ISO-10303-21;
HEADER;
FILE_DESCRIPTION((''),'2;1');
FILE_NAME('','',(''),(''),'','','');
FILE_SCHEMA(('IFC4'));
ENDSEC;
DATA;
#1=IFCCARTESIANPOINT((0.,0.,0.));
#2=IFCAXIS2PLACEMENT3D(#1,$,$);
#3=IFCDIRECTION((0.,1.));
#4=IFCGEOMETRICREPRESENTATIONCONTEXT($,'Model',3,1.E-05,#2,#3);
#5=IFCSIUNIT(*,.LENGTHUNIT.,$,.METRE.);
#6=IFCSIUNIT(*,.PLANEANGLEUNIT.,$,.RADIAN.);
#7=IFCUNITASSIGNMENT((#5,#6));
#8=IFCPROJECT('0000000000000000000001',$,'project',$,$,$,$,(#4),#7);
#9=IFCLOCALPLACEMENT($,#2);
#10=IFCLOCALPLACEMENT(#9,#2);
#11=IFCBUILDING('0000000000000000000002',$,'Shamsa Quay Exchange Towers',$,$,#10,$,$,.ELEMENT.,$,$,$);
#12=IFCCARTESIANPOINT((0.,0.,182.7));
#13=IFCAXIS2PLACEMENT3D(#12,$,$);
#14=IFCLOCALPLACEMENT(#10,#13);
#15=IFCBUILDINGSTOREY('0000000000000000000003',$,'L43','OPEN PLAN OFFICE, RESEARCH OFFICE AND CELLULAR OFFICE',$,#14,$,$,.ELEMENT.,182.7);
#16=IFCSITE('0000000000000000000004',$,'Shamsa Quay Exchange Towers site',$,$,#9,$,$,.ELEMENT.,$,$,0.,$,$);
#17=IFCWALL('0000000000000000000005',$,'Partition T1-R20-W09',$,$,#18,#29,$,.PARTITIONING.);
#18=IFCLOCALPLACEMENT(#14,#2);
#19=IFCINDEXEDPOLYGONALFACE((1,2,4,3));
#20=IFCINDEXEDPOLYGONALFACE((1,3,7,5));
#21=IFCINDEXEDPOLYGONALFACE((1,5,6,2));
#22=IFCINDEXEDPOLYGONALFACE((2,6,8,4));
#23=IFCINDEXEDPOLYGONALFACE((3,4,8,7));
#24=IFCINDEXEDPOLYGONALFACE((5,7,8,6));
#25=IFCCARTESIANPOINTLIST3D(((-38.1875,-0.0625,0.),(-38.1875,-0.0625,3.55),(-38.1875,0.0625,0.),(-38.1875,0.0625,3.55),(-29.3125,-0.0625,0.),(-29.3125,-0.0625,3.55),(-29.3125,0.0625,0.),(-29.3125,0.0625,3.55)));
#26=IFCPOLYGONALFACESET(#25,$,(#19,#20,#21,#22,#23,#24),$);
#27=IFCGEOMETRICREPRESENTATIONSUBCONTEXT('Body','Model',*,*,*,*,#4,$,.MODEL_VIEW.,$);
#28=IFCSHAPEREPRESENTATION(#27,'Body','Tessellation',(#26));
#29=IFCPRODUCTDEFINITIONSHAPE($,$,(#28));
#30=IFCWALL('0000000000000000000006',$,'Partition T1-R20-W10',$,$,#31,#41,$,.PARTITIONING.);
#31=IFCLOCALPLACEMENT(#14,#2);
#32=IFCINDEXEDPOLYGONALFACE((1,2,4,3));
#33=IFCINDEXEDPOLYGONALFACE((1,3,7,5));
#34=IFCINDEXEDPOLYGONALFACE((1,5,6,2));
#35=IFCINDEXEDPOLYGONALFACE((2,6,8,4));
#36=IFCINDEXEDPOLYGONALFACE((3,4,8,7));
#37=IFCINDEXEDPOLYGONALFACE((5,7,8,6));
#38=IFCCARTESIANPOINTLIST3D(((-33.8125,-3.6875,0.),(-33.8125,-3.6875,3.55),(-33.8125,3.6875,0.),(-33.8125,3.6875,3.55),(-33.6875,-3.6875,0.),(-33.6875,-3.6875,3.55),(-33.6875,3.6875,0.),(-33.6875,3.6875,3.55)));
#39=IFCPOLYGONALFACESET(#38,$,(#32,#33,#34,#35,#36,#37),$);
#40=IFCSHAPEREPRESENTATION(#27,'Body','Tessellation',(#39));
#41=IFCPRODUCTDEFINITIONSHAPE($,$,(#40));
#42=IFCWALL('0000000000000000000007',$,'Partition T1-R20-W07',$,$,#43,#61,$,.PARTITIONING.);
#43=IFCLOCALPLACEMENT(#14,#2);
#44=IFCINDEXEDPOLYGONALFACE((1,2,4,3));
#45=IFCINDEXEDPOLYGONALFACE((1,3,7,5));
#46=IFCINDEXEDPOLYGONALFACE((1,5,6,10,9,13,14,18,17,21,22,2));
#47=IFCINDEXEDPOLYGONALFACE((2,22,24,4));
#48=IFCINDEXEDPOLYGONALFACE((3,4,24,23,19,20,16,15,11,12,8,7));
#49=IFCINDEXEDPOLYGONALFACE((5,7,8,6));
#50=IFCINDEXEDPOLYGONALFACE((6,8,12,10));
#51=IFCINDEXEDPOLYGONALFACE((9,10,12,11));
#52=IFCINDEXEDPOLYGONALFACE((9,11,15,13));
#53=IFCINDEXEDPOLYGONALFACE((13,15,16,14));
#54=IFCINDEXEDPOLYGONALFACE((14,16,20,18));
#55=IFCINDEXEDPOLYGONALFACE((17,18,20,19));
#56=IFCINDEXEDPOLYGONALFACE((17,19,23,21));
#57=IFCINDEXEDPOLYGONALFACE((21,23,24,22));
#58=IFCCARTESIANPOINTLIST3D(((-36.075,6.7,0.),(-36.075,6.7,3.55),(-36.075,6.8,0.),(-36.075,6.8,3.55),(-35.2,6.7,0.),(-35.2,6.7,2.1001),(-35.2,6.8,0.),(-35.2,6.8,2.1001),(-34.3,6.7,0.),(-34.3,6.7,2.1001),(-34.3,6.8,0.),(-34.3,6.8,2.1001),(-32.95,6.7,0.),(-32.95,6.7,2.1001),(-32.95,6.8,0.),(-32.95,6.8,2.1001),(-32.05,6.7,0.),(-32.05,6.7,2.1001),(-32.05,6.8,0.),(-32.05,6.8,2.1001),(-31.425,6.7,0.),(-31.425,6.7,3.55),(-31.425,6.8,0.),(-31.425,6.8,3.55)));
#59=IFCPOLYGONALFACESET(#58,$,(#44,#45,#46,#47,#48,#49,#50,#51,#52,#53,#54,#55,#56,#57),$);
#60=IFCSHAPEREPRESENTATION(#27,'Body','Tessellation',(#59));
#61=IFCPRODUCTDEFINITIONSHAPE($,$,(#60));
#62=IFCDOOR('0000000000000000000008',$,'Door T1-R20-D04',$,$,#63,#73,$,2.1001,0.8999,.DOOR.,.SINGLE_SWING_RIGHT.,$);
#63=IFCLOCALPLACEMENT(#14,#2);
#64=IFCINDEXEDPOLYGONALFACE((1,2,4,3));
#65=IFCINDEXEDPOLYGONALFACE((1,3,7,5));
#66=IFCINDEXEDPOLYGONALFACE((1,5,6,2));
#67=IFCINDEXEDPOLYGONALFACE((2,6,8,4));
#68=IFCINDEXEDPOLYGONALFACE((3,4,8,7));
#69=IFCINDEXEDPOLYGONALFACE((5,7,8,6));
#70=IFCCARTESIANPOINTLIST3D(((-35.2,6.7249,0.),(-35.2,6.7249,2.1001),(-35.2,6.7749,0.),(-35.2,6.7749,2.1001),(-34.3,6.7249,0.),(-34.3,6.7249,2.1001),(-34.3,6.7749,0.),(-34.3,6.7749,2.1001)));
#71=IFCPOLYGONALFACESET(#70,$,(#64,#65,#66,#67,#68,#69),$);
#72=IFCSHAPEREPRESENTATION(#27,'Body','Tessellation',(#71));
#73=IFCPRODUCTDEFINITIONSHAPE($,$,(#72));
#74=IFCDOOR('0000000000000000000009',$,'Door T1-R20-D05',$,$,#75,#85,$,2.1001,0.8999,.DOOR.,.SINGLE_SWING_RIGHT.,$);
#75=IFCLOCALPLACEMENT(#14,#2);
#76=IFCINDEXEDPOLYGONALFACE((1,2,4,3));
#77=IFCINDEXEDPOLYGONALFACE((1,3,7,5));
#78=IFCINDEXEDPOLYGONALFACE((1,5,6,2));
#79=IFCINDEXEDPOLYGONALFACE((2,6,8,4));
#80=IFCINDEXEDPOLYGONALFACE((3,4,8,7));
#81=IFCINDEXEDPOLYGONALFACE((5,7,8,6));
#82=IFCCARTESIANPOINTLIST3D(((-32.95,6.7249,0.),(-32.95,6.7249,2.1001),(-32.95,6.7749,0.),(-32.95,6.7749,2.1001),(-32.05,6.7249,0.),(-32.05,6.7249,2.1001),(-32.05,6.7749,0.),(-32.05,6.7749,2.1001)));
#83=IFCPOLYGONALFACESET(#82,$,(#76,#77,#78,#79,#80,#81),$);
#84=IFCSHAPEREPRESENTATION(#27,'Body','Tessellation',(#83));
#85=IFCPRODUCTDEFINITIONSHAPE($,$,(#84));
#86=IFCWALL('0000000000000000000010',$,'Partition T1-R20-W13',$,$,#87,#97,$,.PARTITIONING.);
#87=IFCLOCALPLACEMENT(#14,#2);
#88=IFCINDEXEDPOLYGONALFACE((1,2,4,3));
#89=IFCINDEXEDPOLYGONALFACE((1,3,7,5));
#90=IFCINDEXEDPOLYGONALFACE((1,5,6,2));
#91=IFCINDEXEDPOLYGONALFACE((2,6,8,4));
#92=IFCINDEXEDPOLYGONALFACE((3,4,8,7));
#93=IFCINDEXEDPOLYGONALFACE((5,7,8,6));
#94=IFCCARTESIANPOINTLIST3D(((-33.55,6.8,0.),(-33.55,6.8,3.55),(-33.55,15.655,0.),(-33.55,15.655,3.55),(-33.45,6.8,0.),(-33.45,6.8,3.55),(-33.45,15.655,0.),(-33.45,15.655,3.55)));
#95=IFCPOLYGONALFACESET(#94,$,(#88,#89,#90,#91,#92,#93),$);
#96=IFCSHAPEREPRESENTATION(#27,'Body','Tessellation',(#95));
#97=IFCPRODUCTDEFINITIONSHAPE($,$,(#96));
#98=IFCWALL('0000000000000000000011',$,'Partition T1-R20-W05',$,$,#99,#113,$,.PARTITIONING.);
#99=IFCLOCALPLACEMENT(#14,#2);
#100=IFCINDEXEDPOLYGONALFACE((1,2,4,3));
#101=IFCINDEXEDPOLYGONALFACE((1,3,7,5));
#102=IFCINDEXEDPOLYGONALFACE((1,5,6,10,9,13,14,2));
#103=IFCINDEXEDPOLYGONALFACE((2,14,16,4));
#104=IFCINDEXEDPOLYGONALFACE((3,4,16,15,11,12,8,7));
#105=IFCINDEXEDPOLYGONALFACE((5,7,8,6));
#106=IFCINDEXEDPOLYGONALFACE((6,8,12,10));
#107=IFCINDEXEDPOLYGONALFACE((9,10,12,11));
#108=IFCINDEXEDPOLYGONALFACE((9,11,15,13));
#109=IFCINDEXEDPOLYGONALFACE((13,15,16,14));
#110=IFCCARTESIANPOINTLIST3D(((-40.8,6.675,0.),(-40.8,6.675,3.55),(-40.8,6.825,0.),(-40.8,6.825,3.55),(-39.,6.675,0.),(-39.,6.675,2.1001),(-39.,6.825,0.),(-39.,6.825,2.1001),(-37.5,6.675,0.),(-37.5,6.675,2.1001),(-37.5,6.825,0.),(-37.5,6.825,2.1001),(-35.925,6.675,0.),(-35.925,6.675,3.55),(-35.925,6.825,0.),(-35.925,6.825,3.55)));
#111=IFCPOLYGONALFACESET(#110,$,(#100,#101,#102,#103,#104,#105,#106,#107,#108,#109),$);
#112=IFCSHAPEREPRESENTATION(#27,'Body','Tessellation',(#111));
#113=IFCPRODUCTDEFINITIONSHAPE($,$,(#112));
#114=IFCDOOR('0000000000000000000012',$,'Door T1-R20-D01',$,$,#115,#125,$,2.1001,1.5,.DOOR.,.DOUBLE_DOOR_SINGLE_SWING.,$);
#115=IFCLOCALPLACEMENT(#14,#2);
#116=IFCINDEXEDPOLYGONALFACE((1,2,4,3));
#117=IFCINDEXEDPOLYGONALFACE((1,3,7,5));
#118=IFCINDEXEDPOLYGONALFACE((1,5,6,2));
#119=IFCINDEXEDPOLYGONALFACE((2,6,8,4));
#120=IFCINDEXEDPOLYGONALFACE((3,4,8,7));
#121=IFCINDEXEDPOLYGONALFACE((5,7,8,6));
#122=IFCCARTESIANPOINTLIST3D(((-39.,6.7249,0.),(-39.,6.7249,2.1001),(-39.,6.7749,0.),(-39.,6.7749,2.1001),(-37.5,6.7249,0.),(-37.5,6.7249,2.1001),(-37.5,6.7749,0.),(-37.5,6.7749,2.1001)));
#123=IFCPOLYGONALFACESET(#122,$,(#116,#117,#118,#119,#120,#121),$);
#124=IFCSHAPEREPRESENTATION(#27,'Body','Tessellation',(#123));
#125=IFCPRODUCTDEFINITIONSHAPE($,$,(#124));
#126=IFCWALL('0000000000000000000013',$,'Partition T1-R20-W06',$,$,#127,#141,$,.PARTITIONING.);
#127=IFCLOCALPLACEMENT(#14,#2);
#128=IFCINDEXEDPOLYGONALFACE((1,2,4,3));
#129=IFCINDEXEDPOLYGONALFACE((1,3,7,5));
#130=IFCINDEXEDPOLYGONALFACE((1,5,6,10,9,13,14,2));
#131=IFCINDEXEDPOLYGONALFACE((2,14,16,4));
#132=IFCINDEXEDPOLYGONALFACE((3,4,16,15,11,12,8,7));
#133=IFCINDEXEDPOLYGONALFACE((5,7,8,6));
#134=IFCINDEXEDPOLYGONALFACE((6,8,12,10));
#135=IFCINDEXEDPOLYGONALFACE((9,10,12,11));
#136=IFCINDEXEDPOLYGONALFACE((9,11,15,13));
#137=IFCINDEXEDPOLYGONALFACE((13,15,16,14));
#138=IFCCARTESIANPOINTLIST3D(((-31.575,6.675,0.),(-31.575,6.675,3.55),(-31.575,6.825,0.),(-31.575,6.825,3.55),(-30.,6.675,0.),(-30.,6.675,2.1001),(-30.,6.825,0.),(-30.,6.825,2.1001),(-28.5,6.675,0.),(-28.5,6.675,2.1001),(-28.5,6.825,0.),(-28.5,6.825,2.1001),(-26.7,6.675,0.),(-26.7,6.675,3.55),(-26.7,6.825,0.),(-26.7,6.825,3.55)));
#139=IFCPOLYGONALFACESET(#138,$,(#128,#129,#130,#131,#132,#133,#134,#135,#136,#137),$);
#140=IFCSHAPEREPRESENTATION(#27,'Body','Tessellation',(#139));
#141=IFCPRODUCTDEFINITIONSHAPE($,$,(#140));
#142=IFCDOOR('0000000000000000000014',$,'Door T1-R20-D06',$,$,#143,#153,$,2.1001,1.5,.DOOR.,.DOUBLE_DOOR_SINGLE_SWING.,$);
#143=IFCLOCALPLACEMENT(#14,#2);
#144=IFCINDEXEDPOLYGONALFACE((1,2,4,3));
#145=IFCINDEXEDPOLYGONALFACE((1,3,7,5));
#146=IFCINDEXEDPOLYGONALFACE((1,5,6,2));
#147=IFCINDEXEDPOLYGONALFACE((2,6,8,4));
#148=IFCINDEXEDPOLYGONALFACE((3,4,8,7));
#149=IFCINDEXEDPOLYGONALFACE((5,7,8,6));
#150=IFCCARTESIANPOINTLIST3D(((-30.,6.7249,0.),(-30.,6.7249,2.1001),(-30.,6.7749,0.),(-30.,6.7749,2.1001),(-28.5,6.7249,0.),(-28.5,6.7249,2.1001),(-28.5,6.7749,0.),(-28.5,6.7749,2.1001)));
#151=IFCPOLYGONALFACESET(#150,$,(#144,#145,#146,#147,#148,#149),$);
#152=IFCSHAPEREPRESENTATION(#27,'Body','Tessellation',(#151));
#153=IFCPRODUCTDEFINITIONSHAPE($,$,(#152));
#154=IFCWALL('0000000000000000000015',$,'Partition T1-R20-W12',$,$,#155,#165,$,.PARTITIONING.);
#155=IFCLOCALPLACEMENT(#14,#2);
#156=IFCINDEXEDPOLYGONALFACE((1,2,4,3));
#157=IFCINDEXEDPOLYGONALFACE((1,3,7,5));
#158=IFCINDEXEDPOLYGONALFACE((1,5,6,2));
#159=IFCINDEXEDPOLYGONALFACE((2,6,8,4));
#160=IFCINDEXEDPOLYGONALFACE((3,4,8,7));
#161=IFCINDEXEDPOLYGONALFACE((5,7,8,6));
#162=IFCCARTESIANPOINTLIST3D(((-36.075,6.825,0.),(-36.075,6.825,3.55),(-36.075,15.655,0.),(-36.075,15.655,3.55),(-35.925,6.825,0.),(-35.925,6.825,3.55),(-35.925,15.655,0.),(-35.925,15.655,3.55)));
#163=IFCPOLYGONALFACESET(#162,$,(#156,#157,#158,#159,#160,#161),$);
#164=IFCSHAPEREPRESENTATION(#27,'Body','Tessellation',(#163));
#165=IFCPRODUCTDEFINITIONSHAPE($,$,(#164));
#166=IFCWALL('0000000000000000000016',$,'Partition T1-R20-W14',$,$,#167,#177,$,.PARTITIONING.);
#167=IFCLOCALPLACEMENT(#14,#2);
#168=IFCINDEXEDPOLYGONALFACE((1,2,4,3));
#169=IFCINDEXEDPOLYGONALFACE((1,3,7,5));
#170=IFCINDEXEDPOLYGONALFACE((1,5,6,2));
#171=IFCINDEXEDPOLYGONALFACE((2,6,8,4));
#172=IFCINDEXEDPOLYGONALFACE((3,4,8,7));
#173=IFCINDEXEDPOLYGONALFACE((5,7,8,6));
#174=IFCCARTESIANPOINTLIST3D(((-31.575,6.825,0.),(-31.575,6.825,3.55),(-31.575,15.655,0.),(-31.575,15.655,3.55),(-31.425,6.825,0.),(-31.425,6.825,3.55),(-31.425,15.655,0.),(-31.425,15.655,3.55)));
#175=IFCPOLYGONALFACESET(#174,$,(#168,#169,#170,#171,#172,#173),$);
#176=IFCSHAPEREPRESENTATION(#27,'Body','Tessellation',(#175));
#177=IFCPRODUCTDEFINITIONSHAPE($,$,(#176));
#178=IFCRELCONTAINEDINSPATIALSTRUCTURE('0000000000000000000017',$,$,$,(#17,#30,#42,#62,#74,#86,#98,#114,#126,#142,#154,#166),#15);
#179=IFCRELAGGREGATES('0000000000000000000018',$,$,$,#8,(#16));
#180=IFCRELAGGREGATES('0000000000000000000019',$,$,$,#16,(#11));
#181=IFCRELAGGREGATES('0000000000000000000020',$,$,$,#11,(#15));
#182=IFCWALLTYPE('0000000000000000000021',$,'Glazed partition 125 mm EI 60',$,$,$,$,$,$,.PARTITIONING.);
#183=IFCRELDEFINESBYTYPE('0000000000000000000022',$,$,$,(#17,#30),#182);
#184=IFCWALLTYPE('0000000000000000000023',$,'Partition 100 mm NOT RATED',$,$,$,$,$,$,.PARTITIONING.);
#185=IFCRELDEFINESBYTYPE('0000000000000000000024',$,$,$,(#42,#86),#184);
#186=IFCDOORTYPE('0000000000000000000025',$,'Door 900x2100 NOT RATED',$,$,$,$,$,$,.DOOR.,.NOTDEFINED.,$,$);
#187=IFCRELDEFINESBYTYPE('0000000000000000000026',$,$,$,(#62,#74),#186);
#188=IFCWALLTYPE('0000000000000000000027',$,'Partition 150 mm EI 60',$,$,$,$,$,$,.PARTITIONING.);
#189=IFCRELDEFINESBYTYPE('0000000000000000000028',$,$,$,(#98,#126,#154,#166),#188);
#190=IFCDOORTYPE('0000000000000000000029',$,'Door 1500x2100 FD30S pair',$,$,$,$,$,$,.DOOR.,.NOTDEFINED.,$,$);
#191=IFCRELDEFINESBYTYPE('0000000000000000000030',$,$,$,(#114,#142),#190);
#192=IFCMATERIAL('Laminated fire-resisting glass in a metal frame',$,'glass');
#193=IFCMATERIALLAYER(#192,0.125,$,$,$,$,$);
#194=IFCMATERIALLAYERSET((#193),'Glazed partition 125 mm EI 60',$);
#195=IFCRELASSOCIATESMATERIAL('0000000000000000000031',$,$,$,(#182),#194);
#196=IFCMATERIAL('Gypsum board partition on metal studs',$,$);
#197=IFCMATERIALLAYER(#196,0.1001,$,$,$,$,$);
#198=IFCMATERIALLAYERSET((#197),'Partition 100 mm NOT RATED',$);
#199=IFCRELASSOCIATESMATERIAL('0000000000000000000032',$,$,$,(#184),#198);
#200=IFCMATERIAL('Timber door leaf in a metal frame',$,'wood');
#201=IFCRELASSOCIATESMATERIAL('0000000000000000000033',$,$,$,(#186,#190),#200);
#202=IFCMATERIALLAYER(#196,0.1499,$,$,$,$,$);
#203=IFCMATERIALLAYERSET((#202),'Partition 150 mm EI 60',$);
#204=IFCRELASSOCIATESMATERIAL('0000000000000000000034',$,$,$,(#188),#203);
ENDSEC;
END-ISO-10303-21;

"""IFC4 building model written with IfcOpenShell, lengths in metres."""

from ifc_helpers import new_model, si_unit, direction, frame, frame_2d, origin, place, context, subcontext, project, spatial, rectangle, extrude, material, layer, layer_set, type_object, element, fill, save


model = new_model("IFC4")

# Units and contexts
model_context = context("Model", 3, precision=1e-05, world=origin(), true_north=direction((0.0, 1.0)))
body_context = subcontext(model_context, "Body", "Model", "MODEL_VIEW")
ifc_project = project(units=[si_unit("LENGTHUNIT", "METRE"), si_unit("PLANEANGLEUNIT", "RADIAN")], contexts=[model_context])

# Site, building, storey
site_placement = place(None, origin())
site = spatial("IfcSite", under=ifc_project, at=site_placement, Name="Shamsa Quay Exchange Towers site", CompositionType="ELEMENT", RefElevation=0.0)
building_placement = place(site_placement, origin())
building = spatial("IfcBuilding", under=site, at=building_placement, Name="Shamsa Quay Exchange Towers", CompositionType="ELEMENT")
storey_placement = place(building_placement, frame((0.0, 0.0, 182.7)))
storey = spatial("IfcBuildingStorey", under=building, at=storey_placement, Name="L43", Description="OPEN PLAN OFFICE, RESEARCH OFFICE AND CELLULAR OFFICE", CompositionType="ELEMENT", Elevation=182.7)

# Shared definitions
ifc_material_1 = material(Name="Laminated fire-resisting glass in a metal frame", Category="glass")
ifc_layer_1 = layer(ifc_material_1, 0.125)
ifc_layer_set_1 = layer_set([ifc_layer_1], Name="Glazed partition 125 mm EI 60")
wall_type_1 = type_object("IfcWallType", Name="Glazed partition 125 mm EI 60", PredefinedType="PARTITIONING", material=ifc_layer_set_1)
ifc_material_2 = material(Name="Timber door leaf in a metal frame", Category="wood")

# Walls
wall_1_placement = place(storey_placement, frame((-38.1875, 0.0, 0.0)))
element("IfcWall", 1, at=wall_1_placement, inside=storey, type_object=wall_type_1, Name="Partition T1-R20-W09", PredefinedType="PARTITIONING", context=body_context, shape_type="SweptSolid", body=[
    extrude(rectangle(XDim=8.875, YDim=0.125, at=frame_2d((4.4375, 0.0))), origin(), (0.0, 0.0, 1.0), 3.55),
])
wall_2_placement = place(storey_placement, frame((-33.75, 3.6875, 0.0), z_axis=(0.0, 0.0, 1.0), x_axis=(0.0, -1.0, 0.0)))
element("IfcWall", 2, at=wall_2_placement, inside=storey, type_object=wall_type_1, Name="Partition T1-R20-W10", PredefinedType="PARTITIONING", context=body_context, shape_type="SweptSolid", body=[
    extrude(rectangle(XDim=7.375, YDim=0.125, at=frame_2d((3.6875, 0.0))), origin(), (0.0, 0.0, 1.0), 3.55),
])

# Wall, openings, doors
ifc_material_3 = material(Name="Gypsum board partition on metal studs")
ifc_layer_2 = layer(ifc_material_3, 0.1001)
ifc_layer_set_2 = layer_set([ifc_layer_2], Name="Partition 100 mm NOT RATED")
wall_type_2 = type_object("IfcWallType", Name="Partition 100 mm NOT RATED", PredefinedType="PARTITIONING", material=ifc_layer_set_2)
wall_3_placement = place(storey_placement, frame((-36.075, 6.75, 0.0)))
wall_3 = element("IfcWall", 3, at=wall_3_placement, inside=storey, type_object=wall_type_2, Name="Partition T1-R20-W07", PredefinedType="PARTITIONING", context=body_context, shape_type="SweptSolid", body=[
    extrude(rectangle(XDim=4.6499, YDim=0.1001, at=frame_2d((2.325, 0.0))), origin(), (0.0, 0.0, 1.0), 3.55),
])
opening_1_placement = place(wall_3_placement, frame((0.875, 0.0, 0.0)))
opening_1 = element("IfcOpeningElement", 4, at=opening_1_placement, cuts=wall_3, PredefinedType="OPENING", context=body_context, shape_type="SweptSolid", body=[
    extrude(rectangle(XDim=0.8999, YDim=2.1001, at=frame_2d((0.45, 1.05))), frame((0.0, 0.0601, 0.0), z_axis=(0.0, -1.0, 0.0), x_axis=(1.0, 0.0, 0.0)), (0.0, 0.0, 1.0), 0.1201),
])
opening_2_placement = place(wall_3_placement, frame((3.125, 0.0, 0.0)))
opening_2 = element("IfcOpeningElement", 5, at=opening_2_placement, cuts=wall_3, PredefinedType="OPENING", context=body_context, shape_type="SweptSolid", body=[
    extrude(rectangle(XDim=0.8999, YDim=2.1001, at=frame_2d((0.45, 1.05))), frame((0.0, 0.0601, 0.0), z_axis=(0.0, -1.0, 0.0), x_axis=(1.0, 0.0, 0.0)), (0.0, 0.0, 1.0), 0.1201),
])
door_type_1 = type_object("IfcDoorType", Name="Door 900x2100 NOT RATED", OperationType="NOTDEFINED", PredefinedType="DOOR", material=ifc_material_2)
door_1_placement = place(opening_1_placement, origin())
door_1 = element("IfcDoor", 6, at=door_1_placement, inside=storey, type_object=door_type_1, Name="Door T1-R20-D04", OperationType="SINGLE_SWING_RIGHT", OverallHeight=2.1001, OverallWidth=0.8999, PredefinedType="DOOR", context=body_context, shape_type="SweptSolid", body=[
    extrude(rectangle(XDim=0.8999, YDim=2.1001, at=frame_2d((0.45, 1.05))), frame((0.0, 0.0249, 0.0), z_axis=(0.0, -1.0, 0.0), x_axis=(1.0, 0.0, 0.0)), (0.0, 0.0, 1.0), 0.05),
])
fill(opening_1, door_1)
door_2_placement = place(opening_2_placement, origin())
door_2 = element("IfcDoor", 7, at=door_2_placement, inside=storey, type_object=door_type_1, Name="Door T1-R20-D05", OperationType="SINGLE_SWING_RIGHT", OverallHeight=2.1001, OverallWidth=0.8999, PredefinedType="DOOR", context=body_context, shape_type="SweptSolid", body=[
    extrude(rectangle(XDim=0.8999, YDim=2.1001, at=frame_2d((0.45, 1.05))), frame((0.0, 0.0249, 0.0), z_axis=(0.0, -1.0, 0.0), x_axis=(1.0, 0.0, 0.0)), (0.0, 0.0, 1.0), 0.05),
])
fill(opening_2, door_2)

# Wall
wall_4_placement = place(storey_placement, frame((-33.5, 6.8, 0.0), z_axis=(0.0, 0.0, 1.0), x_axis=(0.0, 1.0, 0.0)))
element("IfcWall", 8, at=wall_4_placement, inside=storey, type_object=wall_type_2, Name="Partition T1-R20-W13", PredefinedType="PARTITIONING", context=body_context, shape_type="SweptSolid", body=[
    extrude(rectangle(XDim=8.855, YDim=0.1001, at=frame_2d((4.4275, 0.0))), origin(), (0.0, 0.0, 1.0), 3.55),
])

# Walls, openings, doors
ifc_layer_3 = layer(ifc_material_3, 0.1499)
ifc_layer_set_3 = layer_set([ifc_layer_3], Name="Partition 150 mm EI 60")
wall_type_3 = type_object("IfcWallType", Name="Partition 150 mm EI 60", PredefinedType="PARTITIONING", material=ifc_layer_set_3)
wall_5_placement = place(storey_placement, frame((-40.8, 6.75, 0.0)))
wall_5 = element("IfcWall", 9, at=wall_5_placement, inside=storey, type_object=wall_type_3, Name="Partition T1-R20-W05", PredefinedType="PARTITIONING", context=body_context, shape_type="SweptSolid", body=[
    extrude(rectangle(XDim=4.875, YDim=0.1499, at=frame_2d((2.4375, 0.0))), origin(), (0.0, 0.0, 1.0), 3.55),
])
opening_3_placement = place(wall_5_placement, frame((1.8, 0.0, 0.0)))
opening_3 = element("IfcOpeningElement", 10, at=opening_3_placement, cuts=wall_5, PredefinedType="OPENING", context=body_context, shape_type="SweptSolid", body=[
    extrude(rectangle(XDim=1.5, YDim=2.1001, at=frame_2d((0.75, 1.05))), frame((0.0, 0.085, 0.0), z_axis=(0.0, -1.0, 0.0), x_axis=(1.0, 0.0, 0.0)), (0.0, 0.0, 1.0), 0.1699),
])
door_type_2 = type_object("IfcDoorType", Name="Door 1500x2100 FD30S pair", OperationType="NOTDEFINED", PredefinedType="DOOR", material=ifc_material_2)
door_3_placement = place(opening_3_placement, origin())
door_3 = element("IfcDoor", 11, at=door_3_placement, inside=storey, type_object=door_type_2, Name="Door T1-R20-D01", OperationType="DOUBLE_DOOR_SINGLE_SWING", OverallHeight=2.1001, OverallWidth=1.5, PredefinedType="DOOR", context=body_context, shape_type="SweptSolid", body=[
    extrude(rectangle(XDim=1.5, YDim=2.1001, at=frame_2d((0.75, 1.05))), frame((0.0, 0.0249, 0.0), z_axis=(0.0, -1.0, 0.0), x_axis=(1.0, 0.0, 0.0)), (0.0, 0.0, 1.0), 0.05),
])
fill(opening_3, door_3)
wall_6_placement = place(storey_placement, frame((-31.575, 6.75, 0.0)))
wall_6 = element("IfcWall", 12, at=wall_6_placement, inside=storey, type_object=wall_type_3, Name="Partition T1-R20-W06", PredefinedType="PARTITIONING", context=body_context, shape_type="SweptSolid", body=[
    extrude(rectangle(XDim=4.875, YDim=0.1499, at=frame_2d((2.4375, 0.0))), origin(), (0.0, 0.0, 1.0), 3.55),
])
opening_4_placement = place(wall_6_placement, frame((1.575, 0.0, 0.0)))
opening_4 = element("IfcOpeningElement", 13, at=opening_4_placement, cuts=wall_6, PredefinedType="OPENING", context=body_context, shape_type="SweptSolid", body=[
    extrude(rectangle(XDim=1.5, YDim=2.1001, at=frame_2d((0.75, 1.05))), frame((0.0, 0.085, 0.0), z_axis=(0.0, -1.0, 0.0), x_axis=(1.0, 0.0, 0.0)), (0.0, 0.0, 1.0), 0.1699),
])
door_4_placement = place(opening_4_placement, origin())
door_4 = element("IfcDoor", 14, at=door_4_placement, inside=storey, type_object=door_type_2, Name="Door T1-R20-D06", OperationType="DOUBLE_DOOR_SINGLE_SWING", OverallHeight=2.1001, OverallWidth=1.5, PredefinedType="DOOR", context=body_context, shape_type="SweptSolid", body=[
    extrude(rectangle(XDim=1.5, YDim=2.1001, at=frame_2d((0.75, 1.05))), frame((0.0, 0.0249, 0.0), z_axis=(0.0, -1.0, 0.0), x_axis=(1.0, 0.0, 0.0)), (0.0, 0.0, 1.0), 0.05),
])
fill(opening_4, door_4)

# Walls
for number, where, z_axis, x_axis, name in (
    (15, (-36.0, 6.825, 0.0), (0.0, 0.0, 1.0), (0.0, 1.0, 0.0), "Partition T1-R20-W12"),
    (16, (-31.5, 6.825, 0.0), (0.0, 0.0, 1.0), (0.0, 1.0, 0.0), "Partition T1-R20-W14"),
):
    element("IfcWall", number, at=place(storey_placement, frame(where, z_axis=z_axis, x_axis=x_axis)), inside=storey, type_object=wall_type_3, Name=name, PredefinedType="PARTITIONING", context=body_context, shape_type="SweptSolid", body=[
        extrude(rectangle(XDim=8.8301, YDim=0.1499, at=frame_2d((4.415, 0.0))), origin(), (0.0, 0.0, 1.0), 3.55),
    ])

save(model, "model.ifc")
